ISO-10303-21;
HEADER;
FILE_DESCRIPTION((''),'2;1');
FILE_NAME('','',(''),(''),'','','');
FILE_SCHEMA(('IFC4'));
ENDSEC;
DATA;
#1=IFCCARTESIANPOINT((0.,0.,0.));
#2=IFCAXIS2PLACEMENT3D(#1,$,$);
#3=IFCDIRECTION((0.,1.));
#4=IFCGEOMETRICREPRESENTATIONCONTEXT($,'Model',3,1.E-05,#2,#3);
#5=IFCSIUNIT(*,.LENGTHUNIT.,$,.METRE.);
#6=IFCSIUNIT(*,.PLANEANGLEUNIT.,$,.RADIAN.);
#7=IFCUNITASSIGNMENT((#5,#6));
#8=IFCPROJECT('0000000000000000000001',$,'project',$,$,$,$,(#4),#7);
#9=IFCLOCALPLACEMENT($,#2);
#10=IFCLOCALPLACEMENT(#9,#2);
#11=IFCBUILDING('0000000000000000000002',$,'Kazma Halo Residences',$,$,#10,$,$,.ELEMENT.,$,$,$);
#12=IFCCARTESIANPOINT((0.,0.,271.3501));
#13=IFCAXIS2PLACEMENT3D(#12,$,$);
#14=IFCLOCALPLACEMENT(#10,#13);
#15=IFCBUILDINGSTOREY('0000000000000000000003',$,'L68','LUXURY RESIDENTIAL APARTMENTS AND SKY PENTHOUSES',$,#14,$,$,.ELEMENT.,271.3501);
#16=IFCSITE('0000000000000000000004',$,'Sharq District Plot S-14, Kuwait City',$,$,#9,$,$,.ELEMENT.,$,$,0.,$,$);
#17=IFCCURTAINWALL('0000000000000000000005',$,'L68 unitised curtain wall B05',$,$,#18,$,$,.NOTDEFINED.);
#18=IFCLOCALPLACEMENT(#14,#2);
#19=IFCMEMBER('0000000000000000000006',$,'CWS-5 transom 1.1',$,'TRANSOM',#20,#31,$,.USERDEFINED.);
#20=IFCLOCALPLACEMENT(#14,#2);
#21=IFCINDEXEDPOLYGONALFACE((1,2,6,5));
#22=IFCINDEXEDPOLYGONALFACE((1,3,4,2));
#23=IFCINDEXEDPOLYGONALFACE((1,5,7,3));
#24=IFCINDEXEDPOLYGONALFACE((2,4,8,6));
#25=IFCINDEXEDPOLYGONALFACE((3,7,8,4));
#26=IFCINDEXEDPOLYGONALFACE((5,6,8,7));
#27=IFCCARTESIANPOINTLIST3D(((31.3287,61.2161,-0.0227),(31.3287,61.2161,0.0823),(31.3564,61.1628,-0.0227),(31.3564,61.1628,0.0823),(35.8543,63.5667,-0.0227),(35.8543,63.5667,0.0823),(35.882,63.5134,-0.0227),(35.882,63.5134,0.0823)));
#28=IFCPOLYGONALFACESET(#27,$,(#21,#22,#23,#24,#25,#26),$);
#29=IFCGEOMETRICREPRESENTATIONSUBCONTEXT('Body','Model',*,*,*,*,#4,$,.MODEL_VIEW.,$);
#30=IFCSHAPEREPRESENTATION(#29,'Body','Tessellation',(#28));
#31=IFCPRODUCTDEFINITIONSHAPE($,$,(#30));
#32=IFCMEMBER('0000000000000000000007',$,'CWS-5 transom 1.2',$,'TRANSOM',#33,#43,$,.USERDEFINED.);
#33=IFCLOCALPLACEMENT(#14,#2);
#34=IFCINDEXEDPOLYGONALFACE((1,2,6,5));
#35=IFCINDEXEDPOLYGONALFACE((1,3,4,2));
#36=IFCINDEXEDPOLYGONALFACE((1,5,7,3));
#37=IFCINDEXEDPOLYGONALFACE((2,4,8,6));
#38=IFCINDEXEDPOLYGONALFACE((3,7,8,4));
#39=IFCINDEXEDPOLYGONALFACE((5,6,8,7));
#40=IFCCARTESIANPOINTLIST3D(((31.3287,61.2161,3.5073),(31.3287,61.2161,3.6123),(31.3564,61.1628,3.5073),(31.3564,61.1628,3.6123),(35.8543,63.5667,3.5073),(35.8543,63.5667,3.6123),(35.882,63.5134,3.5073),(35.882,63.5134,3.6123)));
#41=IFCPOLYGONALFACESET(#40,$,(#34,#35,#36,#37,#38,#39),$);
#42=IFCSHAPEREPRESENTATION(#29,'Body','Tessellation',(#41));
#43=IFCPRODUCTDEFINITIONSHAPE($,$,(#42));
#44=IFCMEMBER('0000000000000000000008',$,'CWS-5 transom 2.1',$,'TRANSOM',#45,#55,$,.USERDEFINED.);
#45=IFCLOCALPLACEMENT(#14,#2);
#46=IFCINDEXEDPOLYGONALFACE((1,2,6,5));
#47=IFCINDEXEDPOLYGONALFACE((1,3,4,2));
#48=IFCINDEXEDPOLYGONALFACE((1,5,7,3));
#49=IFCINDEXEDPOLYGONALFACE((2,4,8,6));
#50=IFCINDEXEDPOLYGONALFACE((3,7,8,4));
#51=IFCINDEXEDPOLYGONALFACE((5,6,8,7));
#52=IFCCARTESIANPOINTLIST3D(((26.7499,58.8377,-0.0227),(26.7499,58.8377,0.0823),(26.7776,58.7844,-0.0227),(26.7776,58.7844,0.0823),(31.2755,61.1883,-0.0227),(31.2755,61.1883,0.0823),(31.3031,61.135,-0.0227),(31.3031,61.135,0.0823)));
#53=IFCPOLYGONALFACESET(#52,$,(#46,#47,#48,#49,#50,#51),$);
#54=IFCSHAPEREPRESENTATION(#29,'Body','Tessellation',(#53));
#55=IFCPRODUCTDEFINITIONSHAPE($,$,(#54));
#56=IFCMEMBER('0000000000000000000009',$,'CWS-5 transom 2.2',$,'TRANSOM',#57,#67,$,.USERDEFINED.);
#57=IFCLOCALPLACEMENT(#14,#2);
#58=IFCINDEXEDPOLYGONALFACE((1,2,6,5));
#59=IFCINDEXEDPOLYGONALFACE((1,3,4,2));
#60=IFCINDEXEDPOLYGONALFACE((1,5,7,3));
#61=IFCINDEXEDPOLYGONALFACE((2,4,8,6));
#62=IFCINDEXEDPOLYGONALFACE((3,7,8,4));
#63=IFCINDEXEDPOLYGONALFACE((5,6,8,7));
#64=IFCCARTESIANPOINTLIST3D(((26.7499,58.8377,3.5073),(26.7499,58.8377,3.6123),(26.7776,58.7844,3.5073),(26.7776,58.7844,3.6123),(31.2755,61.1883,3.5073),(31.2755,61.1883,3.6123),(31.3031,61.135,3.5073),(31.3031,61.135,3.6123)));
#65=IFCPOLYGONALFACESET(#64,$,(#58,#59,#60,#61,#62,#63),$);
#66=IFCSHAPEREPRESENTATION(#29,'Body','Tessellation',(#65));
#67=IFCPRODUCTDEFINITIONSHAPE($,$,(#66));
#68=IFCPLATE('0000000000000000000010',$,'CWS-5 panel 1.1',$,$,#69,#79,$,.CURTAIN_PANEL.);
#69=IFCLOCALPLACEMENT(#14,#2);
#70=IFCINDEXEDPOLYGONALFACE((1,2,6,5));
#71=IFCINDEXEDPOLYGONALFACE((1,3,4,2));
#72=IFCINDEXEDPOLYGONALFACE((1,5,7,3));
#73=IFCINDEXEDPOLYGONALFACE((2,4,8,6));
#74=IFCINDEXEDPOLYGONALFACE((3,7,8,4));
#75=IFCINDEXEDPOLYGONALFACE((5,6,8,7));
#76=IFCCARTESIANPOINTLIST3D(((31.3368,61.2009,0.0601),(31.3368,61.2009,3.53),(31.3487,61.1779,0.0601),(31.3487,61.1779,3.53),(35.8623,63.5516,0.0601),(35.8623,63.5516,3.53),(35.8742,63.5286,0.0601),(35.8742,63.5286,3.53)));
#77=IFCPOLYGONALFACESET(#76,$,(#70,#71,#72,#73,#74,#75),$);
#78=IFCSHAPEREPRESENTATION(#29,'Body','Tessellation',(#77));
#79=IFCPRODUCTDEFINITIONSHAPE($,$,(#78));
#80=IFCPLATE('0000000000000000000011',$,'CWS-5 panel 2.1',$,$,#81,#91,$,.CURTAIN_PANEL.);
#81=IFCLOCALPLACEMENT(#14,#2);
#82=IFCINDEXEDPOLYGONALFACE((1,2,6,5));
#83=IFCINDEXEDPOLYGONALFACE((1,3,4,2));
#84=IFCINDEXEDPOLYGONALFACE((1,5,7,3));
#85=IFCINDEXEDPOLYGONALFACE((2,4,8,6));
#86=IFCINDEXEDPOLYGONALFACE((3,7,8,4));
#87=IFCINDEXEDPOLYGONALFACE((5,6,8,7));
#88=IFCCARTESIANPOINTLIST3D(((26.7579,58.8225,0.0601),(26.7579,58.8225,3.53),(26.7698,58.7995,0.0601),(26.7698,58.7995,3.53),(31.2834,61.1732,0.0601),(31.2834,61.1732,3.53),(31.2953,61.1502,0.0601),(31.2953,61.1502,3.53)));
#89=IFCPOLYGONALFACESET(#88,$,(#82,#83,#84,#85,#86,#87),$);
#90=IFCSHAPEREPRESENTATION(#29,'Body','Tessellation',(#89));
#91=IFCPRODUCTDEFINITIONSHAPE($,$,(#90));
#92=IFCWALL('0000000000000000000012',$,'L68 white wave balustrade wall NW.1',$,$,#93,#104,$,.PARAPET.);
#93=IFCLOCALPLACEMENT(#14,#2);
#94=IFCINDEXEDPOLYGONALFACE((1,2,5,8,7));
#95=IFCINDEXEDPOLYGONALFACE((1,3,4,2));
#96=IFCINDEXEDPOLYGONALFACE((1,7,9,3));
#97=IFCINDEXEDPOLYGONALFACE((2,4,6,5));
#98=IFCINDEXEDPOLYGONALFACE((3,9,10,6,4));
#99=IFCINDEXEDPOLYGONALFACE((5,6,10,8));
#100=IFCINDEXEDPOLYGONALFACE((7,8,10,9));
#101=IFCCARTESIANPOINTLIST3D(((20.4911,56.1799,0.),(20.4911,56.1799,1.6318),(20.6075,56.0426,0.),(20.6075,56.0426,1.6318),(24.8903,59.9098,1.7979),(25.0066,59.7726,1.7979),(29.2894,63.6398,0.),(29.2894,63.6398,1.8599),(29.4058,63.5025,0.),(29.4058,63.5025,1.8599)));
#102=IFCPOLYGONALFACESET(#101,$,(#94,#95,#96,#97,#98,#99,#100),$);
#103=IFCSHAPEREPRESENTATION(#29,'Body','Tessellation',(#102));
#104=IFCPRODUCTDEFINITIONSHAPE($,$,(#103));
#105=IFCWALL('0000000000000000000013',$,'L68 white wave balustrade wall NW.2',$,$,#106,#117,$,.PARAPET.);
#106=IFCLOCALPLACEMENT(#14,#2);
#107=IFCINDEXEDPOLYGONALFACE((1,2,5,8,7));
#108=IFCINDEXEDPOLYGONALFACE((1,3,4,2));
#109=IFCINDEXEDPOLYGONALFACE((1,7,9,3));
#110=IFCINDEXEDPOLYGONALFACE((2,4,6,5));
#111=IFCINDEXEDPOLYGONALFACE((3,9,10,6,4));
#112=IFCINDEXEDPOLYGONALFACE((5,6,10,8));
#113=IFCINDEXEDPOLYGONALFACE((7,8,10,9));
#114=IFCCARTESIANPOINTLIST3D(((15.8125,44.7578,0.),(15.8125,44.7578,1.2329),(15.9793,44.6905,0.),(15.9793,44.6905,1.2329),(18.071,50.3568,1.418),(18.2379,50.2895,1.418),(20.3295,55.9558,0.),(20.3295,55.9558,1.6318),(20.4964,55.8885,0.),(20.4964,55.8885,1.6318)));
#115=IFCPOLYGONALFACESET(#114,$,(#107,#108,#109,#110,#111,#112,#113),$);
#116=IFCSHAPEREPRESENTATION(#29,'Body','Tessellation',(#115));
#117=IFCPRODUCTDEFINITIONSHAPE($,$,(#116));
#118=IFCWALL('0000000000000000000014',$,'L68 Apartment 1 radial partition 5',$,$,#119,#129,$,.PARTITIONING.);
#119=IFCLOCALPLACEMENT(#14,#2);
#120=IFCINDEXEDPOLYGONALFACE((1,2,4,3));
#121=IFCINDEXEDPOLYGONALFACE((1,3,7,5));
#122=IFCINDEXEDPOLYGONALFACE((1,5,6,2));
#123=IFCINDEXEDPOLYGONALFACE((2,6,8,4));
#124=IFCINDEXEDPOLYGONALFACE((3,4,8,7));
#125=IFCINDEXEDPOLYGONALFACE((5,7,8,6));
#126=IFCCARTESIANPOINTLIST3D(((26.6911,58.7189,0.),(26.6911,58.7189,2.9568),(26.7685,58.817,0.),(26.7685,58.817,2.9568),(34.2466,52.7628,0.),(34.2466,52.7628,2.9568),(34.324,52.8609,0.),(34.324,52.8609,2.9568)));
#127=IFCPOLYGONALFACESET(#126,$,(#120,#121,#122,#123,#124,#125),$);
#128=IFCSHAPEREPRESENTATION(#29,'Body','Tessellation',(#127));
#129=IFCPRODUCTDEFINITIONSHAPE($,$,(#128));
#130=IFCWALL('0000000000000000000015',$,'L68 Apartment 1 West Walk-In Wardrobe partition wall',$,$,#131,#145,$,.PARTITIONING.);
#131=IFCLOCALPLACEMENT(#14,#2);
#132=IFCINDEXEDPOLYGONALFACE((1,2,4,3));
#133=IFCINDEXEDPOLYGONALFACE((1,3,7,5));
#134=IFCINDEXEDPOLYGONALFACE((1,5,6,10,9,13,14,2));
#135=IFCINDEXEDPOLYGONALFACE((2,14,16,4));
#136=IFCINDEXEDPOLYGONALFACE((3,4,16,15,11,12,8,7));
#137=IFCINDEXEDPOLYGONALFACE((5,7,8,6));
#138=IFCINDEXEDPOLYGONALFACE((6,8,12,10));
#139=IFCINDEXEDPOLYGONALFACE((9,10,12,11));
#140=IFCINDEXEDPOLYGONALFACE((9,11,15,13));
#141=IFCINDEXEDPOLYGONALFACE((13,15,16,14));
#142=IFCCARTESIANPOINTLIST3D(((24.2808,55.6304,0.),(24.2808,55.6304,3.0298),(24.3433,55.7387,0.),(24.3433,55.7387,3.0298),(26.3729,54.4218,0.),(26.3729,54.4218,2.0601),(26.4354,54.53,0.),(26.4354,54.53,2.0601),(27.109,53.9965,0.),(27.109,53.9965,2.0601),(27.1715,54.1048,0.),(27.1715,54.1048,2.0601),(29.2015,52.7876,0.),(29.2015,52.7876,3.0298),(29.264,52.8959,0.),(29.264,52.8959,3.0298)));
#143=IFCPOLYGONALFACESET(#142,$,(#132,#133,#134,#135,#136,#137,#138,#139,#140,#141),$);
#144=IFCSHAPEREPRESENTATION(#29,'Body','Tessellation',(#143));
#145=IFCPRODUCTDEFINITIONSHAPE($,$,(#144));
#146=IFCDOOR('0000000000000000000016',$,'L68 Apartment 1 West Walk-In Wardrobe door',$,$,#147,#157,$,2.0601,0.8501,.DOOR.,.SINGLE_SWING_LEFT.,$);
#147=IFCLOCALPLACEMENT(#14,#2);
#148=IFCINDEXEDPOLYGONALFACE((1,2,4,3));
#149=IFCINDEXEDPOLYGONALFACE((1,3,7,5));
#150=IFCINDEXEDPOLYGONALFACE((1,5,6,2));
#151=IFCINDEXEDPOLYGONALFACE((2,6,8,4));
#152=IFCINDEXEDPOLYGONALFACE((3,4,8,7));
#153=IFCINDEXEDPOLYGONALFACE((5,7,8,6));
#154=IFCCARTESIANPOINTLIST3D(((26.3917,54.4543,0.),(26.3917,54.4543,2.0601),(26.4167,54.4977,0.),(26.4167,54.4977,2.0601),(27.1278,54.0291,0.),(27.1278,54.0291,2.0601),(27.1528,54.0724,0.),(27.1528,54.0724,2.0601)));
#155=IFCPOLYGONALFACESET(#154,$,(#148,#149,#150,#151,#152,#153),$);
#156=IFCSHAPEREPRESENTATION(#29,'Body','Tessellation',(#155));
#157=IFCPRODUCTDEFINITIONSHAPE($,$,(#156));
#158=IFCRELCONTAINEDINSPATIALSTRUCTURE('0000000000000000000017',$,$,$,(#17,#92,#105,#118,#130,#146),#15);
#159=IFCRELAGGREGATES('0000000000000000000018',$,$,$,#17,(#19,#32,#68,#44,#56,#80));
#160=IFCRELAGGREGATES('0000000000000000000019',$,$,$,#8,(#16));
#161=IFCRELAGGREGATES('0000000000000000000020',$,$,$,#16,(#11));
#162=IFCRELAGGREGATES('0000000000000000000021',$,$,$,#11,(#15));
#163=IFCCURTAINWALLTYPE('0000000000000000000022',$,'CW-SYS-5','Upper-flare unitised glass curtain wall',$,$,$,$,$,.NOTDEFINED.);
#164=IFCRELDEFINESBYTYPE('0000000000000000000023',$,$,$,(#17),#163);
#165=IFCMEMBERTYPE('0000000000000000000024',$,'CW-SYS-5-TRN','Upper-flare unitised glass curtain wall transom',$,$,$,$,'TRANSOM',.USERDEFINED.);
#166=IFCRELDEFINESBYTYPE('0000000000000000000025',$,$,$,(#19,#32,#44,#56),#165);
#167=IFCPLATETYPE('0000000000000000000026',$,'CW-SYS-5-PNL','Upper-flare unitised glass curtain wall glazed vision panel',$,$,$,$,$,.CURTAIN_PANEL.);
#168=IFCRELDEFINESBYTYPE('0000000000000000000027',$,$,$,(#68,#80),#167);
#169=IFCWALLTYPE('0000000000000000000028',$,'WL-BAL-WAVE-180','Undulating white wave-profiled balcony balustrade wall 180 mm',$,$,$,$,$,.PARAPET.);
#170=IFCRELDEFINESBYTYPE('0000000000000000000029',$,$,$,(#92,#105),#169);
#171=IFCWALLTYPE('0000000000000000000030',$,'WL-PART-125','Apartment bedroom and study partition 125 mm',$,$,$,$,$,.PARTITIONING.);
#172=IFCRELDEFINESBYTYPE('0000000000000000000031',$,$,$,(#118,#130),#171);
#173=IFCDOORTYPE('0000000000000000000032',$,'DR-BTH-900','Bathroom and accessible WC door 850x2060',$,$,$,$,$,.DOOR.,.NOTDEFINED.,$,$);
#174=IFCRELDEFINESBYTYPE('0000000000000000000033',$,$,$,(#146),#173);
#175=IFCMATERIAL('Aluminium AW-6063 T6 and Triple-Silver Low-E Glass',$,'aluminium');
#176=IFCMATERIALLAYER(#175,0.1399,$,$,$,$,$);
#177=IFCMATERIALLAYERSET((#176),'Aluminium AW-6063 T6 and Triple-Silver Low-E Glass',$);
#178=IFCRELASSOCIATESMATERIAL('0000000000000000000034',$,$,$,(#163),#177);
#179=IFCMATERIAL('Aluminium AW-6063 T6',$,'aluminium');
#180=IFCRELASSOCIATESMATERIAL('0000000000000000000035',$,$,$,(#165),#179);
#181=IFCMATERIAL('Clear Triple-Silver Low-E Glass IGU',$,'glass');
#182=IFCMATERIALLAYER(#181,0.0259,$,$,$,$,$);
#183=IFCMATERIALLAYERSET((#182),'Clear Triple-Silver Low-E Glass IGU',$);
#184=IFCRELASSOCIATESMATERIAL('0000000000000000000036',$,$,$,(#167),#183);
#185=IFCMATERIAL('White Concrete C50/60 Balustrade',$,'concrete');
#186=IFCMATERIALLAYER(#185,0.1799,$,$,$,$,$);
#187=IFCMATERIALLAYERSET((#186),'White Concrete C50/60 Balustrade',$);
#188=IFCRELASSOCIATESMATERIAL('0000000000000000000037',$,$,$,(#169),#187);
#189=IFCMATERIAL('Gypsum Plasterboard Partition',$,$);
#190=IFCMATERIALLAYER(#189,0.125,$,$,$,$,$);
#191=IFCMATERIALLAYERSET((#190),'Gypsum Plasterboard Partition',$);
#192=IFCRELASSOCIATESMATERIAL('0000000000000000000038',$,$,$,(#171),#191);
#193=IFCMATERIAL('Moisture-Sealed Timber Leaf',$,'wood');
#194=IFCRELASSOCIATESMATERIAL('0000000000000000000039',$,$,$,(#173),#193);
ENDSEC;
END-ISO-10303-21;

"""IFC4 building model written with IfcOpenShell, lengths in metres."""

from ifc_helpers import new_model, si_unit, direction, frame, frame_2d, origin, origin_2d, place, context, subcontext, project, spatial, polyline, rectangle, outline, extrude, material, layer, layer_set, material_profile, profile_set, type_object, element, fill, aggregate, save


model = new_model("IFC4")

# Units and contexts
model_context = context("Model", 3, precision=1e-05, world=origin(), true_north=direction((0.0, 1.0)))
body_context = subcontext(model_context, "Body", "Model", "MODEL_VIEW")
ifc_project = project(units=[si_unit("LENGTHUNIT", "METRE"), si_unit("PLANEANGLEUNIT", "RADIAN")], contexts=[model_context])

# Site, building, storey
site_placement = place(None, origin())
site = spatial("IfcSite", under=ifc_project, at=site_placement, Name="Sharq District Plot S-14, Kuwait City", CompositionType="ELEMENT", RefElevation=0.0)
building_placement = place(site_placement, origin())
building = spatial("IfcBuilding", under=site, at=building_placement, Name="Kazma Halo Residences", CompositionType="ELEMENT")
storey_placement = place(building_placement, frame((0.0, 0.0, 271.3501)))
storey = spatial("IfcBuildingStorey", under=building, at=storey_placement, Name="L68", Description="LUXURY RESIDENTIAL APARTMENTS AND SKY PENTHOUSES", CompositionType="ELEMENT", Elevation=271.3501)

# Curtain wall, members, plates
ifc_material_1 = material(Name="Aluminium AW-6063 T6 and Triple-Silver Low-E Glass", Category="aluminium")
ifc_layer_1 = layer(ifc_material_1, 0.1399)
ifc_layer_set_1 = layer_set([ifc_layer_1], Name="Aluminium AW-6063 T6 and Triple-Silver Low-E Glass")
curtain_wall_type = type_object("IfcCurtainWallType", Name="CW-SYS-5", Description="Upper-flare unitised glass curtain wall", PredefinedType="NOTDEFINED", material=ifc_layer_set_1)
curtain_wall_placement = place(storey_placement, origin())
curtain_wall = element("IfcCurtainWall", 1, at=curtain_wall_placement, inside=storey, type_object=curtain_wall_type, Name="L68 unitised curtain wall B05", PredefinedType="NOTDEFINED")
ifc_material_2 = material(Name="Aluminium AW-6063 T6", Category="aluminium")
ifc_material_profile_1 = material_profile(ifc_material_2, rectangle(XDim=0.0601, YDim=0.105, at=origin_2d()), Name="CWT-60x105")
ifc_profile_set_1 = profile_set([ifc_material_profile_1], Name="Aluminium AW-6063 T6")
member_type_1 = type_object("IfcMemberType", Name="CW-SYS-5-TRN", Description="Upper-flare unitised glass curtain wall transom", ElementType="TRANSOM", PredefinedType="USERDEFINED", material=ifc_profile_set_1)
member_1_placement = place(storey_placement, frame((35.8682, 63.54, 0.0298), z_axis=(-0.887437, -0.460929, 0.0), x_axis=(0.460929, -0.887437, 0.0)))
member_1 = element("IfcMember", 2, at=member_1_placement, type_object=member_type_1, Name="CWS-5 transom 1.1", ObjectType="TRANSOM", PredefinedType="USERDEFINED", context=body_context, shape_type="SweptSolid", body=[
    extrude(rectangle(XDim=0.0601, YDim=0.105, at=origin_2d()), origin(), (0.0, 0.0, 1.0), 5.0996),
])
member_2_placement = place(storey_placement, frame((35.8682, 63.54, 3.5598), z_axis=(-0.887437, -0.460929, 0.0), x_axis=(0.460929, -0.887437, 0.0)))
member_2 = element("IfcMember", 3, at=member_2_placement, type_object=member_type_1, Name="CWS-5 transom 1.2", ObjectType="TRANSOM", PredefinedType="USERDEFINED", context=body_context, shape_type="SweptSolid", body=[
    extrude(rectangle(XDim=0.0601, YDim=0.105, at=origin_2d()), origin(), (0.0, 0.0, 1.0), 5.0996),
])
member_3_placement = place(storey_placement, frame((31.2893, 61.1616, 0.0298), z_axis=(-0.887437, -0.460929, 0.0), x_axis=(0.460929, -0.887437, 0.0)))
member_3 = element("IfcMember", 4, at=member_3_placement, type_object=member_type_1, Name="CWS-5 transom 2.1", ObjectType="TRANSOM", PredefinedType="USERDEFINED", context=body_context, shape_type="SweptSolid", body=[
    extrude(rectangle(XDim=0.0601, YDim=0.105, at=origin_2d()), origin(), (0.0, 0.0, 1.0), 5.0996),
])
member_4_placement = place(storey_placement, frame((31.2893, 61.1616, 3.5598), z_axis=(-0.887437, -0.460929, 0.0), x_axis=(0.460929, -0.887437, 0.0)))
member_4 = element("IfcMember", 5, at=member_4_placement, type_object=member_type_1, Name="CWS-5 transom 2.2", ObjectType="TRANSOM", PredefinedType="USERDEFINED", context=body_context, shape_type="SweptSolid", body=[
    extrude(rectangle(XDim=0.0601, YDim=0.105, at=origin_2d()), origin(), (0.0, 0.0, 1.0), 5.0996),
])
ifc_material_3 = material(Name="Clear Triple-Silver Low-E Glass IGU", Category="glass")
ifc_layer_2 = layer(ifc_material_3, 0.0259)
ifc_layer_set_2 = layer_set([ifc_layer_2], Name="Clear Triple-Silver Low-E Glass IGU")
plate_type = type_object("IfcPlateType", Name="CW-SYS-5-PNL", Description="Upper-flare unitised glass curtain wall glazed vision panel", PredefinedType="CURTAIN_PANEL", material=ifc_layer_set_2)
plate_1_placement = place(storey_placement, frame((33.6055, 62.3647, 0.0601), z_axis=(0.0, 0.0, 1.0), x_axis=(-0.887421, -0.460961, 0.0)))
plate_1 = element("IfcPlate", 6, at=plate_1_placement, type_object=plate_type, Name="CWS-5 panel 1.1", PredefinedType="CURTAIN_PANEL", context=body_context, shape_type="SweptSolid", body=[
    extrude(rectangle(XDim=5.0996, YDim=0.0259, at=origin_2d()), origin(), (0.0, 0.0, 1.0), 3.47),
])
plate_2_placement = place(storey_placement, frame((29.0266, 59.9863, 0.0601), z_axis=(0.0, 0.0, 1.0), x_axis=(-0.887421, -0.460961, 0.0)))
plate_2 = element("IfcPlate", 7, at=plate_2_placement, type_object=plate_type, Name="CWS-5 panel 2.1", PredefinedType="CURTAIN_PANEL", context=body_context, shape_type="SweptSolid", body=[
    extrude(rectangle(XDim=5.0996, YDim=0.0259, at=origin_2d()), origin(), (0.0, 0.0, 1.0), 3.47),
])
aggregate(curtain_wall, [member_1, member_2, plate_1, member_3, member_4, plate_2])

# Walls
ifc_material_4 = material(Name="White Concrete C50/60 Balustrade", Category="concrete")
ifc_layer_3 = layer(ifc_material_4, 0.1799)
ifc_layer_set_3 = layer_set([ifc_layer_3], Name="White Concrete C50/60 Balustrade")
wall_type_1 = type_object("IfcWallType", Name="WL-BAL-WAVE-180", Description="Undulating white wave-profiled balcony balustrade wall 180 mm", PredefinedType="PARAPET", material=ifc_layer_set_3)
wall_1_placement = place(storey_placement, frame((29.3477, 63.571, 0.0), z_axis=(0.0, 0.0, 1.0), x_axis=(-0.762736, -0.64671, 0.0)))
element("IfcWall", 8, at=wall_1_placement, inside=storey, type_object=wall_type_1, Name="L68 white wave balustrade wall NW.1", PredefinedType="PARAPET", context=body_context, shape_type="SweptSolid", body=[
    extrude(outline(polyline([(0.0, 0.0), (11.5352, 0.0), (11.5352, 1.6318), (5.7676, 1.7979), (0.0, 1.8599), (0.0, 0.0)])), frame((0.0, 0.0898, 0.0), z_axis=(0.0, -1.0, 0.0), x_axis=(1.0, 0.0, 0.0)), (0.0, 0.0, 1.0), 0.1799),
])
wall_2_placement = place(storey_placement, frame((20.4131, 55.9221, 0.0), z_axis=(0.0, 0.0, 1.0), x_axis=(-0.374094, -0.927391, 0.0)))
element("IfcWall", 9, at=wall_2_placement, inside=storey, type_object=wall_type_1, Name="L68 white wave balustrade wall NW.2", PredefinedType="PARAPET", context=body_context, shape_type="SweptSolid", body=[
    extrude(outline(polyline([(0.0, 0.0), (12.0747, 0.0), (12.0747, 1.2329), (6.0374, 1.418), (0.0, 1.6318), (0.0, 0.0)])), frame((0.0, 0.0898, 0.0), z_axis=(0.0, -1.0, 0.0), x_axis=(1.0, 0.0, 0.0)), (0.0, 0.0, 1.0), 0.1799),
])

# Wall
ifc_material_5 = material(Name="Gypsum Plasterboard Partition")
ifc_layer_4 = layer(ifc_material_5, 0.125)
ifc_layer_set_4 = layer_set([ifc_layer_4], Name="Gypsum Plasterboard Partition")
wall_type_2 = type_object("IfcWallType", Name="WL-PART-125", Description="Apartment bedroom and study partition 125 mm", PredefinedType="PARTITIONING", material=ifc_layer_set_4)
wall_3_placement = place(storey_placement, frame((34.2854, 52.8118, 0.0), z_axis=(0.0, 0.0, 1.0), x_axis=(-0.785325, 0.619084, 0.0)))
element("IfcWall", 10, at=wall_3_placement, inside=storey, type_object=wall_type_2, Name="L68 Apartment 1 radial partition 5", PredefinedType="PARTITIONING", context=body_context, shape_type="SweptSolid", body=[
    extrude(rectangle(XDim=9.6208, YDim=0.125, at=frame_2d((4.8105, 0.0))), origin(), (0.0, 0.0, 1.0), 2.9568),
])

# Wall, opening, door
wall_4_placement = place(storey_placement, frame((29.2327, 52.8418, 0.0), z_axis=(0.0, 0.0, 1.0), x_axis=(-0.865886, 0.500242, 0.0)))
wall_4 = element("IfcWall", 11, at=wall_4_placement, inside=storey, type_object=wall_type_2, Name="L68 Apartment 1 West Walk-In Wardrobe partition wall", PredefinedType="PARTITIONING", context=body_context, shape_type="SweptSolid", body=[
    extrude(rectangle(XDim=5.6829, YDim=0.125, at=frame_2d((2.8413, 0.0))), origin(), (0.0, 0.0, 1.0), 3.0298),
])
opening_1_placement = place(wall_4_placement, frame((2.4165, 0.0, 0.0)))
opening_1 = element("IfcOpeningElement", 12, at=opening_1_placement, cuts=wall_4, PredefinedType="OPENING", context=body_context, shape_type="SweptSolid", body=[
    extrude(rectangle(XDim=0.8501, YDim=2.0601, at=frame_2d((0.425, 1.03))), frame((0.0, 0.0725, 0.0), z_axis=(0.0, -1.0, 0.0), x_axis=(1.0, 0.0, 0.0)), (0.0, 0.0, 1.0), 0.145),
])
ifc_material_6 = material(Name="Moisture-Sealed Timber Leaf", Category="wood")
door_type_1 = type_object("IfcDoorType", Name="DR-BTH-900", Description="Bathroom and accessible WC door 850x2060", OperationType="NOTDEFINED", PredefinedType="DOOR", material=ifc_material_6)
door_1_placement = place(opening_1_placement, origin())
door_1 = element("IfcDoor", 13, at=door_1_placement, inside=storey, type_object=door_type_1, Name="L68 Apartment 1 West Walk-In Wardrobe door", OperationType="SINGLE_SWING_LEFT", OverallHeight=2.0601, OverallWidth=0.8501, PredefinedType="DOOR", context=body_context, shape_type="SweptSolid", body=[
    extrude(rectangle(XDim=0.8501, YDim=2.0601, at=frame_2d((0.425, 1.03))), frame((0.0, 0.0249, 0.0), z_axis=(0.0, -1.0, 0.0), x_axis=(1.0, 0.0, 0.0)), (0.0, 0.0, 1.0), 0.05),
])
fill(opening_1, door_1)

save(model, "model.ifc")
